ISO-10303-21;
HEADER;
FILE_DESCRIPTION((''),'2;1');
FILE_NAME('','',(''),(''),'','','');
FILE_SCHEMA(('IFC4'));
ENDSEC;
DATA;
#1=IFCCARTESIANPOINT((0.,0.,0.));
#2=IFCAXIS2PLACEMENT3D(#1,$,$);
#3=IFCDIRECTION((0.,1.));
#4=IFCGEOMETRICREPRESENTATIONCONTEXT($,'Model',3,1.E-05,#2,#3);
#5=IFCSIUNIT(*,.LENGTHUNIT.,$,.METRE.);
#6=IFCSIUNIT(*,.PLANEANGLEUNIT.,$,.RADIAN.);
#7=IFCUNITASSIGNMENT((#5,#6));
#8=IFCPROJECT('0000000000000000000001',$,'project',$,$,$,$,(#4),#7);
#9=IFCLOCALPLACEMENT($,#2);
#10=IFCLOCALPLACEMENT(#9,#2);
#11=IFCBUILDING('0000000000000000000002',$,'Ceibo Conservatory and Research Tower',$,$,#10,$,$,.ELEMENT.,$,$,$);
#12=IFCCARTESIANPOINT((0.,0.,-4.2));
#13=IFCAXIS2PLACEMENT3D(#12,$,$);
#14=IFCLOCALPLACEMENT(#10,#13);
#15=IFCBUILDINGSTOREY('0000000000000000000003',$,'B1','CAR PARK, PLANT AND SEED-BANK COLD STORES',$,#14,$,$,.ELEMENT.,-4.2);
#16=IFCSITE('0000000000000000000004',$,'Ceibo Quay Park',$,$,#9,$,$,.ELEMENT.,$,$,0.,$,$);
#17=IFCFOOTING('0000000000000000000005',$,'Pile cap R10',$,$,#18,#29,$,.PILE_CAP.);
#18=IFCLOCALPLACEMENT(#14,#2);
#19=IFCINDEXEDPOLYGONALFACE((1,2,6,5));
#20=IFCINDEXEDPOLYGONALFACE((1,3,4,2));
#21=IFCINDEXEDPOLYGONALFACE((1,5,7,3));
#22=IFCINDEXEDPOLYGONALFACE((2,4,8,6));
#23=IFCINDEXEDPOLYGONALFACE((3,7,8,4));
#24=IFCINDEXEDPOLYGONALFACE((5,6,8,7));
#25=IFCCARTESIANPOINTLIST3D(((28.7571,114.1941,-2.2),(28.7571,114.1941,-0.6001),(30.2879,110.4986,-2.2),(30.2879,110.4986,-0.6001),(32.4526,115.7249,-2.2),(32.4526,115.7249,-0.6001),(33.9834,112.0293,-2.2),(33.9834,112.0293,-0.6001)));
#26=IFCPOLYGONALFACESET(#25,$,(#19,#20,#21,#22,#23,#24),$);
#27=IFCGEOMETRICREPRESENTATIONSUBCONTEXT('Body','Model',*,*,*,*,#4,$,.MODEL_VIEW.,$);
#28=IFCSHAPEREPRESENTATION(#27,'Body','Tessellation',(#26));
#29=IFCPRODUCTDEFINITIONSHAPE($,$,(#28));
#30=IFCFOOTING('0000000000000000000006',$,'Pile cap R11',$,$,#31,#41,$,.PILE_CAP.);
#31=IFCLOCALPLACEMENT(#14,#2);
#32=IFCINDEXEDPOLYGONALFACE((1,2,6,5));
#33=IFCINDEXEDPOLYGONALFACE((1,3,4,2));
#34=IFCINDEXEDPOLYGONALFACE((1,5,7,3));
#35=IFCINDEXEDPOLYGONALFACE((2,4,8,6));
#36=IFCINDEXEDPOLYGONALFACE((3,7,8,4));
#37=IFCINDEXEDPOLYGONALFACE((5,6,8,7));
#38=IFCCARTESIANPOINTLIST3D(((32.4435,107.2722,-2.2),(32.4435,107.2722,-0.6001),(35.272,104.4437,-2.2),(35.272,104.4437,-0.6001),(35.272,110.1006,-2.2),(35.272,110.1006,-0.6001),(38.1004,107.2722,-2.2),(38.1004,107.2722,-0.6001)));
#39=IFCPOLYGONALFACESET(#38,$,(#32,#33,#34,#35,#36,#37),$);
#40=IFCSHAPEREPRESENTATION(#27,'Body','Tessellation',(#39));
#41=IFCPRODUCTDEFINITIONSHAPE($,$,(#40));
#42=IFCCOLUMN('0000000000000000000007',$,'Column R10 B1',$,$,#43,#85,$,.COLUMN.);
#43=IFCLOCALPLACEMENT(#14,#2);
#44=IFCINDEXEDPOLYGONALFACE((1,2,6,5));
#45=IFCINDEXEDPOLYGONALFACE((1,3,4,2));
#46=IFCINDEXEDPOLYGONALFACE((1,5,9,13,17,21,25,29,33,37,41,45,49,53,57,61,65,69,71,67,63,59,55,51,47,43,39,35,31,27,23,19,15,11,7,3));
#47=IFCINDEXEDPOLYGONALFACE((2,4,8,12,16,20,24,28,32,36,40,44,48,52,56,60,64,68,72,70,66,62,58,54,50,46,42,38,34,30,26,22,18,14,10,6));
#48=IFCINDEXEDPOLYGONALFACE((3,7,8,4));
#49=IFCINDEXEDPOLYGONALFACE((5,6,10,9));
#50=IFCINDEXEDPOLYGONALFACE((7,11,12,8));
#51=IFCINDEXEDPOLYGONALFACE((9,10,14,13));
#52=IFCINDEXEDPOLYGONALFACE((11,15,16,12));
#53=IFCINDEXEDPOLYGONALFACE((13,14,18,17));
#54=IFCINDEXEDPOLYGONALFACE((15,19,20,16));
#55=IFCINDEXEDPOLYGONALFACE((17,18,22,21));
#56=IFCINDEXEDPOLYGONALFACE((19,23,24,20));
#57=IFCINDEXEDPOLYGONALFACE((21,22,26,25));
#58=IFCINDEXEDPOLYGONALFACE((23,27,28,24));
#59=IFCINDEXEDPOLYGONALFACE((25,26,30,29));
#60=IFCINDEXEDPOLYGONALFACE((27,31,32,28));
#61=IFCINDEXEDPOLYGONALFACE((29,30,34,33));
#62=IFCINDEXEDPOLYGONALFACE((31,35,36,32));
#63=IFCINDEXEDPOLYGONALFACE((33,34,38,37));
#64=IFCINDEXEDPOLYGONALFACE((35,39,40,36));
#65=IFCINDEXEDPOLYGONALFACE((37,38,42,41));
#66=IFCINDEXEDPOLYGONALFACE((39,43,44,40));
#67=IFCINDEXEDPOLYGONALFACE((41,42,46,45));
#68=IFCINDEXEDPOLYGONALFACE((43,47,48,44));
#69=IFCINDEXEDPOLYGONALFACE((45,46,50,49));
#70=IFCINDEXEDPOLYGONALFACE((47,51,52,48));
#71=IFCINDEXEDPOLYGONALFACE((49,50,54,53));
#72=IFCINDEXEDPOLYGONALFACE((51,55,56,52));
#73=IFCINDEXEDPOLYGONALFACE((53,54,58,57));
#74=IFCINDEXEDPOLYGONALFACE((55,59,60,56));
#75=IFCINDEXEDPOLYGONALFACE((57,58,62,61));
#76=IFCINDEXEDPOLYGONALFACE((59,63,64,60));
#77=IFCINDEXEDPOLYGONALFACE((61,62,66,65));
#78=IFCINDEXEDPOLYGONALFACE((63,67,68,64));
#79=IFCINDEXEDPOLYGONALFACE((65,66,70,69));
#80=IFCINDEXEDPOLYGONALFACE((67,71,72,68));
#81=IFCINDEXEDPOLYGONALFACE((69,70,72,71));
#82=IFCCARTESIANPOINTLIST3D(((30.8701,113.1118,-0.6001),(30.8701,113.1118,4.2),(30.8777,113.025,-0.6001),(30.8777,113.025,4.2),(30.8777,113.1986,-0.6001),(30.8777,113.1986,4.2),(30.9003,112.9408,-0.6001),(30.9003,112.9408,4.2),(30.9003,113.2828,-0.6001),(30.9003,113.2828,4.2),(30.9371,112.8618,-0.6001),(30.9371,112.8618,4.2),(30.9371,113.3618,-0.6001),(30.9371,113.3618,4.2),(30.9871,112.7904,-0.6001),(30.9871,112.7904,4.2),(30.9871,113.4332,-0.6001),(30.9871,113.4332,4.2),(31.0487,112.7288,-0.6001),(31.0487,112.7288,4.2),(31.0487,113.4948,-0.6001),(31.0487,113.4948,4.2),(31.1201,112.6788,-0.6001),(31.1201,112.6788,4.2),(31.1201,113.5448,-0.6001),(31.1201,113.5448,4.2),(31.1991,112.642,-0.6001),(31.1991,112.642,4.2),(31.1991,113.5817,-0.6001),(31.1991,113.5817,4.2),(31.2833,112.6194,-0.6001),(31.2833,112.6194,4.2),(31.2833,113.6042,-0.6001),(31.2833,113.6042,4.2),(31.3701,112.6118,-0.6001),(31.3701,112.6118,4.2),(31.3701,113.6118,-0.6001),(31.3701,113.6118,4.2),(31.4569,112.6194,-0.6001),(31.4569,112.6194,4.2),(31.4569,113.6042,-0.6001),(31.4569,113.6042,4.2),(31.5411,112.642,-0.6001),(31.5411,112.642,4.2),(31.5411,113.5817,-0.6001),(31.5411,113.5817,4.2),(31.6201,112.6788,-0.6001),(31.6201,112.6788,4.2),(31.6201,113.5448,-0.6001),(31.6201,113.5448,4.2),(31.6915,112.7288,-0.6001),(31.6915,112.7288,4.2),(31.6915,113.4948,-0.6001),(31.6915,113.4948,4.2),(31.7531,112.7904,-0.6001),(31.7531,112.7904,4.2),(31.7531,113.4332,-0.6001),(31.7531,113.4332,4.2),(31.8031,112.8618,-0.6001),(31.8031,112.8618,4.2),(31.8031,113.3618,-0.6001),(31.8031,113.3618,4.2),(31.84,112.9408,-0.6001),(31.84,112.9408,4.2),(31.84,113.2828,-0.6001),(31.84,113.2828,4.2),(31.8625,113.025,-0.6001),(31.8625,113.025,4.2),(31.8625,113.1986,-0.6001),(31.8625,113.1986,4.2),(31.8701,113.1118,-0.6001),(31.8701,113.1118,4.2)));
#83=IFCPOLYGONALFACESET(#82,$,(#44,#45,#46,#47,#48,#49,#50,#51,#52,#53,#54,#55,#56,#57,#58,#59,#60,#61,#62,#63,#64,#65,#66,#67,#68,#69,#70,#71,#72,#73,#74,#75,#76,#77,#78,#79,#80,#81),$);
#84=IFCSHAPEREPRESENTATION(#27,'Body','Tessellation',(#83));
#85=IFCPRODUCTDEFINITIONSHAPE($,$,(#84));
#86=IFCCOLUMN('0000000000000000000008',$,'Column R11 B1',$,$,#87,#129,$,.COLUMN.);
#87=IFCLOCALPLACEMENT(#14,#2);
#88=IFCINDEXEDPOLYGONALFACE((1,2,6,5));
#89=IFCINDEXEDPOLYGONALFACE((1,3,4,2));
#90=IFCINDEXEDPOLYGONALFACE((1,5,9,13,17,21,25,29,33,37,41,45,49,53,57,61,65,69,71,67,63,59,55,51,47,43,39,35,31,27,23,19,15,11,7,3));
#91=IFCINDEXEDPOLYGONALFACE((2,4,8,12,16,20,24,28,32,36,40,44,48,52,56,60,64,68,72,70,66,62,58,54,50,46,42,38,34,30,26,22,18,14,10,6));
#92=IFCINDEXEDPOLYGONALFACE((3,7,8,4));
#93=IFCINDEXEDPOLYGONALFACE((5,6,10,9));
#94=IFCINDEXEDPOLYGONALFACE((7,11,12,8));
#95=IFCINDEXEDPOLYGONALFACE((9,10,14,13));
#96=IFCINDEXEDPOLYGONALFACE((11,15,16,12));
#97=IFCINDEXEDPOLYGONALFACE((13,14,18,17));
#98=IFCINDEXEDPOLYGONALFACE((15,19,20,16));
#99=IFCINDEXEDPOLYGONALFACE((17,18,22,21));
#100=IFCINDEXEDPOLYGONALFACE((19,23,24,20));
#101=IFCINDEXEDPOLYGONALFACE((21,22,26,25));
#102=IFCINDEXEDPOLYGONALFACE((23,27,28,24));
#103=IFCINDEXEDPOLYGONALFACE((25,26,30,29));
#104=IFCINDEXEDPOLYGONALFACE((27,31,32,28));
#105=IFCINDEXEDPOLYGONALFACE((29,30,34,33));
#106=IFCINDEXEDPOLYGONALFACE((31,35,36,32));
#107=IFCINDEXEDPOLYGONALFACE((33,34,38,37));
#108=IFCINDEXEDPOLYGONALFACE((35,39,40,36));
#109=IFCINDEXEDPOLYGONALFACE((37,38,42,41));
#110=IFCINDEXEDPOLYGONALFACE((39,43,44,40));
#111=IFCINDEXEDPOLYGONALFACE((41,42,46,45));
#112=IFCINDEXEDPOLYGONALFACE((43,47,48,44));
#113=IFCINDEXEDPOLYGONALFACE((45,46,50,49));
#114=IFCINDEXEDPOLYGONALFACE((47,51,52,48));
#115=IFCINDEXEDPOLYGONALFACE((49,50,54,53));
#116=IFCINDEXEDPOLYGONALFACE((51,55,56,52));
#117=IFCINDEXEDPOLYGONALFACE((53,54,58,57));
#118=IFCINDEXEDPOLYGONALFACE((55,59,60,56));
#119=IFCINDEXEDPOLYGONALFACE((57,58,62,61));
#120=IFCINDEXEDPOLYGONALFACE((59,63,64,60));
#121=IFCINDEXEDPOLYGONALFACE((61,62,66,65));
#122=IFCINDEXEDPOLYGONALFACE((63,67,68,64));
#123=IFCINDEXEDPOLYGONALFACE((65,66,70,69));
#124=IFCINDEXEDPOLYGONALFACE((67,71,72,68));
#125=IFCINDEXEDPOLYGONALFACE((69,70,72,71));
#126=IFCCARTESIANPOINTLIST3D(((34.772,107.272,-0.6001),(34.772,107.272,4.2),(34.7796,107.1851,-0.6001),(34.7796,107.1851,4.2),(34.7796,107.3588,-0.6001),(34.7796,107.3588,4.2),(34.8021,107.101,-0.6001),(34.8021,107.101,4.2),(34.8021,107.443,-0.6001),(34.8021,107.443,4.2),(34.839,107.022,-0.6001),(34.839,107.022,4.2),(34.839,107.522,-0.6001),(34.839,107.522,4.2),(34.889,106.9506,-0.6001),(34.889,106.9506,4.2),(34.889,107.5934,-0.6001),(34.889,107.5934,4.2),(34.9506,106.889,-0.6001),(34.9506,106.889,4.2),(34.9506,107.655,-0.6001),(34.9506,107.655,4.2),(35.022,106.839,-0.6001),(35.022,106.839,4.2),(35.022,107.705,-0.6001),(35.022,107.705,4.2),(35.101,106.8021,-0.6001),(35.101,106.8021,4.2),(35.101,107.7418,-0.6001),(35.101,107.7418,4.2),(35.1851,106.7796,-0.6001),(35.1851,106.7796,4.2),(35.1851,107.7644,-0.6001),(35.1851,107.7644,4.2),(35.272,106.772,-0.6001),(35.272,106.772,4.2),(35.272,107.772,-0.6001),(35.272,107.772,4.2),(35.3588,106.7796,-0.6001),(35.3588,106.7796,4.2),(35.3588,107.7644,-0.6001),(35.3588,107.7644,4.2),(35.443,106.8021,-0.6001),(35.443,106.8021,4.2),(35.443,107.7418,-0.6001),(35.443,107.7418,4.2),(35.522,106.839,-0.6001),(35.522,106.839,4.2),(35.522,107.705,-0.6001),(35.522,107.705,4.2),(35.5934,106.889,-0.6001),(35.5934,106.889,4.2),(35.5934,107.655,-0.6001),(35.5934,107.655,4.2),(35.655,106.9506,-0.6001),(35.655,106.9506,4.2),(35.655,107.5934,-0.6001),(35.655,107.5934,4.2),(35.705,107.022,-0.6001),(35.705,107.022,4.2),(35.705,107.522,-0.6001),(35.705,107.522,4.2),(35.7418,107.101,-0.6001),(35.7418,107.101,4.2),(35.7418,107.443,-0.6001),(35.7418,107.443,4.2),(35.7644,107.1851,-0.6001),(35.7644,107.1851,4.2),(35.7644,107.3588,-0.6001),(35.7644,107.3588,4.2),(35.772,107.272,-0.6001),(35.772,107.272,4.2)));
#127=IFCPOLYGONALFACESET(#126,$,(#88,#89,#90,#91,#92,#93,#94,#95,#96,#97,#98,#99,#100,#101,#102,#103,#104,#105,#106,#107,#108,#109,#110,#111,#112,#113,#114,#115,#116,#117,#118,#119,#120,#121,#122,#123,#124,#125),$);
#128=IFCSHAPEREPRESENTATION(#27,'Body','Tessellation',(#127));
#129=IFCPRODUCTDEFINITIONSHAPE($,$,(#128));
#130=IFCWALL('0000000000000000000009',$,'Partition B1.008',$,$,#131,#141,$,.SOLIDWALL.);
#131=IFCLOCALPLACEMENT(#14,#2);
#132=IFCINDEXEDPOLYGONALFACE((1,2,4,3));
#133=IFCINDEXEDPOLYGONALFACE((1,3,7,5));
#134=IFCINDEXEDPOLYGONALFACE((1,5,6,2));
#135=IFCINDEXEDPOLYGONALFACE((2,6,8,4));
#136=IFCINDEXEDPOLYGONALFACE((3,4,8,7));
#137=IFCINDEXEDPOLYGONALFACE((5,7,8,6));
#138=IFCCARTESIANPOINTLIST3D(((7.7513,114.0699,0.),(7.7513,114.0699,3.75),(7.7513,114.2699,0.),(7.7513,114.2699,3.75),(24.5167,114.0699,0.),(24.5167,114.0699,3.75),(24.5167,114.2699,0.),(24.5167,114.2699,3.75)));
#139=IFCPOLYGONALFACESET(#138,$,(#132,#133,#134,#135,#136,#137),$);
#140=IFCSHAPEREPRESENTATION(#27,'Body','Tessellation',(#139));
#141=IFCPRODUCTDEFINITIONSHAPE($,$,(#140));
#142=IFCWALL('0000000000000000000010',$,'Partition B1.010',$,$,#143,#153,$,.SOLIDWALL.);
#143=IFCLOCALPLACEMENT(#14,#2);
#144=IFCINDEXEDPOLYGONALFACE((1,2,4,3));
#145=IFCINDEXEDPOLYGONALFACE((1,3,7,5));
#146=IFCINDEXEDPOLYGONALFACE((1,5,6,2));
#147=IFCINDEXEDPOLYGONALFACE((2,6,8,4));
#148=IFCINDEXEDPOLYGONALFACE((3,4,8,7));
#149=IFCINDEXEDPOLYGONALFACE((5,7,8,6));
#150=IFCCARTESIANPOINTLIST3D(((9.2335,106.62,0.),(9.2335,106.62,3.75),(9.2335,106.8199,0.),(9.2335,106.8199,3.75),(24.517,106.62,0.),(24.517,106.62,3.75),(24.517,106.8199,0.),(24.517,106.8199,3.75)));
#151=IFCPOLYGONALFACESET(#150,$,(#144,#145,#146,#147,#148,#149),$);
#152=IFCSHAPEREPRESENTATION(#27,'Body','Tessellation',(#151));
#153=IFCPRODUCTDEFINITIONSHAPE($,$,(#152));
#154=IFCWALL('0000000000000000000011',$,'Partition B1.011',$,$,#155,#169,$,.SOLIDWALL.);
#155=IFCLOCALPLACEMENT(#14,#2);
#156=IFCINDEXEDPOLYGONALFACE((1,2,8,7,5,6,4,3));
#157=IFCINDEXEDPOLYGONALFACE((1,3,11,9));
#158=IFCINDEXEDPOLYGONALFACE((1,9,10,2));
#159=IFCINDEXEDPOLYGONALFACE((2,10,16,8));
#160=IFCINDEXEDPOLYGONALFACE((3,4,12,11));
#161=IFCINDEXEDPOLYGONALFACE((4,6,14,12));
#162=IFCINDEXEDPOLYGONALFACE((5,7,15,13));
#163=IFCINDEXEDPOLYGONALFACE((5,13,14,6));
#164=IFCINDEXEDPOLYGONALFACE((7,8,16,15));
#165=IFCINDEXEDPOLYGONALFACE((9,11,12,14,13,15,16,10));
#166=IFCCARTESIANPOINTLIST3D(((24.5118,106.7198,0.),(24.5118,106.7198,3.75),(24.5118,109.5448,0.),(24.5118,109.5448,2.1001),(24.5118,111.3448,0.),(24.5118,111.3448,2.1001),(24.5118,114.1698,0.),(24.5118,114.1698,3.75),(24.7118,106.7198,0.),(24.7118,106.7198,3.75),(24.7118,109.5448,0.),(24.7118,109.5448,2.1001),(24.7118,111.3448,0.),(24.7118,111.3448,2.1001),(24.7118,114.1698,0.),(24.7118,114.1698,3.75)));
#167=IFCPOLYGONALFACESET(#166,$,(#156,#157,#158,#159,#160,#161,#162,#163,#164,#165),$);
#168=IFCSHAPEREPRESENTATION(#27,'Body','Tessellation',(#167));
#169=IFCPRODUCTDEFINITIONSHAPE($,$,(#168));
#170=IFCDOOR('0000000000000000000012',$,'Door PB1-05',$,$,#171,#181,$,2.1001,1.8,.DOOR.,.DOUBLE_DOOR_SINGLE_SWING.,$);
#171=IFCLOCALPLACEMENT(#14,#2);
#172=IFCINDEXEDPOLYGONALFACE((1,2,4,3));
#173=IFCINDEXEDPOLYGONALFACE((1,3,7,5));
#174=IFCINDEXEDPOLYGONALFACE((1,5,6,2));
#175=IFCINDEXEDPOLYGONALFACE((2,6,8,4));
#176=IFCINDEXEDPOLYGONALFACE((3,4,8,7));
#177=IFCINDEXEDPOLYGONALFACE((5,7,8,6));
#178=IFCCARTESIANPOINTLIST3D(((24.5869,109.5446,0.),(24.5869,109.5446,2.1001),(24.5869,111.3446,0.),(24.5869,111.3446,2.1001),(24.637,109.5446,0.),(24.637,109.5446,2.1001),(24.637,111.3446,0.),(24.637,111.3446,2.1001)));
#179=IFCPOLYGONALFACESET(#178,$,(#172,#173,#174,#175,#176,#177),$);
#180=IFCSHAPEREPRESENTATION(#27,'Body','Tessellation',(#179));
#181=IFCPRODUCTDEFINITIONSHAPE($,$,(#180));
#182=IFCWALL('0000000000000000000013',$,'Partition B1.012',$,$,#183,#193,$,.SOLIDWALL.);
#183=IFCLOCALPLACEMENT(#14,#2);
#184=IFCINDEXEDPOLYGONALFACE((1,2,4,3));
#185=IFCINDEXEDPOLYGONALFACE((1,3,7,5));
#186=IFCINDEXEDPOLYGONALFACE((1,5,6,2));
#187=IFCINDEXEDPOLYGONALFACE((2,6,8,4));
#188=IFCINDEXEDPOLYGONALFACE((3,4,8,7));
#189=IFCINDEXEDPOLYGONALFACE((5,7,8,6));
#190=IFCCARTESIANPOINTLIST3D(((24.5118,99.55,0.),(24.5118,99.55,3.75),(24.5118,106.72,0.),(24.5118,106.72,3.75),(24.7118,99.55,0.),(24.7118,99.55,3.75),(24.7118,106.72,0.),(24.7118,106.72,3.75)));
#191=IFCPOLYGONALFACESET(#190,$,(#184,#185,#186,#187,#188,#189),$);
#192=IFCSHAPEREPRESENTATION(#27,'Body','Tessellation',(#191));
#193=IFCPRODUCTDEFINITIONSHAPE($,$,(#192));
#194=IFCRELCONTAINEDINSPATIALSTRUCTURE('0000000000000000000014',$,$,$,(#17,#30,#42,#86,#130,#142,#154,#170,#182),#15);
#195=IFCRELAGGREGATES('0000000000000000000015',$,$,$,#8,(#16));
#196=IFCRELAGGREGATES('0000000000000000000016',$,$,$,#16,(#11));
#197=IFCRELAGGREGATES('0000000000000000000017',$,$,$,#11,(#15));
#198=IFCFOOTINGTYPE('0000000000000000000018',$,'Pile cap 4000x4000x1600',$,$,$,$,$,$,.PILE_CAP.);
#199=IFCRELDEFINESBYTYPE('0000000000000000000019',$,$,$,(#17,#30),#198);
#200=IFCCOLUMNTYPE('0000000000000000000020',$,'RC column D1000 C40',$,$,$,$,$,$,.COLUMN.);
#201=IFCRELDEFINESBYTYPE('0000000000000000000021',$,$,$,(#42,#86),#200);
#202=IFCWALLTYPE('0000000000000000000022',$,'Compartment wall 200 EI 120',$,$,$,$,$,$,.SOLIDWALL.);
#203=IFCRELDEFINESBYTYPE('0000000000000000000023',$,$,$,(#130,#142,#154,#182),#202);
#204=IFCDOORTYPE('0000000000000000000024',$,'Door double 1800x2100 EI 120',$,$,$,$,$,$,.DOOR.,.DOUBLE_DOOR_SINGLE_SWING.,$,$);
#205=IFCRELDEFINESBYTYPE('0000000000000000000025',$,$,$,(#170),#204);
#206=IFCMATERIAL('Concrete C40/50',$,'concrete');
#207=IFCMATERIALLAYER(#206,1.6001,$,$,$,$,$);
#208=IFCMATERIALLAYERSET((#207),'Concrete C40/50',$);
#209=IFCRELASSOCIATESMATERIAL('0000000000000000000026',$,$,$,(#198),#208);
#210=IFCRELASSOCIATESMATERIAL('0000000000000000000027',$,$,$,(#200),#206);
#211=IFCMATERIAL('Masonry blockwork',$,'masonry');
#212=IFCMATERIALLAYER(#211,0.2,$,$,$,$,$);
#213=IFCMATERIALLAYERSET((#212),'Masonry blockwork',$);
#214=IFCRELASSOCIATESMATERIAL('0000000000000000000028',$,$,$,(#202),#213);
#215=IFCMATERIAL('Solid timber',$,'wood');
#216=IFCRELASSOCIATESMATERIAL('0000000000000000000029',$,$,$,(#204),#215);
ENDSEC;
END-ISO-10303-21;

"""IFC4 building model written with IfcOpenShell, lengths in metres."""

from ifc_helpers import new_model, si_unit, direction, frame, frame_2d, origin, origin_2d, place, context, subcontext, project, spatial, polyline, rectangle, circle, outline, extrude, material, layer, layer_set, material_profile, profile_set, type_object, element, fill, save


model = new_model("IFC4")

# Units and contexts
model_context = context("Model", 3, precision=1e-05, world=origin(), true_north=direction((0.0, 1.0)))
body_context = subcontext(model_context, "Body", "Model", "MODEL_VIEW")
ifc_project = project(units=[si_unit("LENGTHUNIT", "METRE"), si_unit("PLANEANGLEUNIT", "RADIAN")], contexts=[model_context])

# Site, building, storey
site_placement = place(None, origin())
site = spatial("IfcSite", under=ifc_project, at=site_placement, Name="Ceibo Quay Park", CompositionType="ELEMENT", RefElevation=0.0)
building_placement = place(site_placement, origin())
building = spatial("IfcBuilding", under=site, at=building_placement, Name="Ceibo Conservatory and Research Tower", CompositionType="ELEMENT")
storey_placement = place(building_placement, frame((0.0, 0.0, -4.2)))
storey = spatial("IfcBuildingStorey", under=building, at=storey_placement, Name="B1", Description="CAR PARK, PLANT AND SEED-BANK COLD STORES", CompositionType="ELEMENT", Elevation=-4.2)

# Footings
ifc_material_1 = material(Name="Concrete C40/50", Category="concrete")
ifc_layer_1 = layer(ifc_material_1, 1.6001)
ifc_layer_set_1 = layer_set([ifc_layer_1], Name="Concrete C40/50")
footing_type = type_object("IfcFootingType", Name="Pile cap 4000x4000x1600", PredefinedType="PILE_CAP", material=ifc_layer_set_1)
for number, where, z_axis, x_axis, name in (
    (1, (32.4526, 115.7249, -2.2), (0.0, 0.0, 1.0), (-0.92388, -0.382684, 0.0), "Pile cap R10"),
    (2, (35.272, 110.1006, -2.2), (0.0, 0.0, 1.0), (-0.707107, -0.707107, 0.0), "Pile cap R11"),
):
    element("IfcFooting", number, at=place(storey_placement, frame(where, z_axis=z_axis, x_axis=x_axis)), inside=storey, type_object=footing_type, Name=name, PredefinedType="PILE_CAP", context=body_context, shape_type="SweptSolid", body=[
        extrude(outline(polyline([(0.0, 0.0), (4.0, 0.0), (4.0, 4.0), (0.0, 4.0), (0.0, 0.0)])), origin(), (0.0, 0.0, 1.0), 1.5999),
    ])

# Columns
ifc_material_profile_1 = material_profile(ifc_material_1, circle(Radius=0.5, at=origin_2d()), Name="RC D1000")
ifc_profile_set_1 = profile_set([ifc_material_profile_1], Name="Concrete C40/50")
column_type = type_object("IfcColumnType", Name="RC column D1000 C40", PredefinedType="COLUMN", material=ifc_profile_set_1)
for number, where, z_axis, x_axis, name in (
    (3, (31.3701, 113.1118, -0.6001), (0.0, 0.0, 1.0), (1.0, 0.0, 0.0), "Column R10 B1"),
    (4, (35.272, 107.272, -0.6001), (0.0, 0.0, 1.0), (1.0, 0.0, 0.0), "Column R11 B1"),
):
    element("IfcColumn", number, at=place(storey_placement, frame(where, z_axis=z_axis, x_axis=x_axis)), inside=storey, type_object=column_type, Name=name, PredefinedType="COLUMN", context=body_context, shape_type="SweptSolid", body=[
        extrude(circle(Radius=0.5, at=origin_2d()), origin(), (0.0, 0.0, 1.0), 4.8),
    ])

# Walls
ifc_material_2 = material(Name="Masonry blockwork", Category="masonry")
ifc_layer_2 = layer(ifc_material_2, 0.2)
ifc_layer_set_2 = layer_set([ifc_layer_2], Name="Masonry blockwork")
wall_type_1 = type_object("IfcWallType", Name="Compartment wall 200 EI 120", PredefinedType="SOLIDWALL", material=ifc_layer_set_2)
wall_1_placement = place(storey_placement, frame((24.5168, 114.1699, 0.0), z_axis=(0.0, 0.0, 1.0), x_axis=(-1.0, 0.0, 0.0)))
element("IfcWall", 5, at=wall_1_placement, inside=storey, type_object=wall_type_1, Name="Partition B1.008", PredefinedType="SOLIDWALL", context=body_context, shape_type="SweptSolid", body=[
    extrude(rectangle(XDim=16.7654, YDim=0.2, at=frame_2d((8.3828, 0.0))), origin(), (0.0, 0.0, 1.0), 3.75),
])
wall_2_placement = place(storey_placement, frame((24.5168, 106.72, 0.0), z_axis=(0.0, 0.0, 1.0), x_axis=(-1.0, 0.0, 0.0)))
element("IfcWall", 6, at=wall_2_placement, inside=storey, type_object=wall_type_1, Name="Partition B1.010", PredefinedType="SOLIDWALL", context=body_context, shape_type="SweptSolid", body=[
    extrude(rectangle(XDim=15.2834, YDim=0.2, at=frame_2d((7.6416, 0.0))), origin(), (0.0, 0.0, 1.0), 3.75),
])

# Wall, opening, door
wall_3_placement = place(storey_placement, frame((24.6118, 114.1699, 0.0), z_axis=(0.0, 0.0, 1.0), x_axis=(0.0, -1.0, 0.0)))
wall_3 = element("IfcWall", 7, at=wall_3_placement, inside=storey, type_object=wall_type_1, Name="Partition B1.011", PredefinedType="SOLIDWALL", context=body_context, shape_type="SweptSolid", body=[
    extrude(rectangle(XDim=7.45, YDim=0.2, at=frame_2d((3.7251, 0.0))), origin(), (0.0, 0.0, 1.0), 3.75),
])
opening_1_placement = place(wall_3_placement, frame((2.8252, 0.0, 0.0)))
opening_1 = element("IfcOpeningElement", 8, at=opening_1_placement, cuts=wall_3, PredefinedType="OPENING", context=body_context, shape_type="SweptSolid", body=[
    extrude(rectangle(XDim=1.8, YDim=2.1001, at=frame_2d((0.8999, 1.05))), frame((0.0, 0.1099, 0.0), z_axis=(0.0, -1.0, 0.0), x_axis=(1.0, 0.0, 0.0)), (0.0, 0.0, 1.0), 0.22),
])
ifc_material_3 = material(Name="Solid timber", Category="wood")
door_type_1 = type_object("IfcDoorType", Name="Door double 1800x2100 EI 120", OperationType="DOUBLE_DOOR_SINGLE_SWING", PredefinedType="DOOR", material=ifc_material_3)
door_1_placement = place(opening_1_placement, frame((1.8, 0.0, 0.0), z_axis=(0.0, 0.0, 1.0), x_axis=(-1.0, 0.0, 0.0)))
door_1 = element("IfcDoor", 9, at=door_1_placement, inside=storey, type_object=door_type_1, Name="Door PB1-05", OperationType="DOUBLE_DOOR_SINGLE_SWING", OverallHeight=2.1001, OverallWidth=1.8, PredefinedType="DOOR", context=body_context, shape_type="SweptSolid", body=[
    extrude(rectangle(XDim=1.8, YDim=2.1001, at=frame_2d((0.8999, 1.05))), frame((0.0, 0.0249, 0.0), z_axis=(0.0, -1.0, 0.0), x_axis=(1.0, 0.0, 0.0)), (0.0, 0.0, 1.0), 0.05),
])
fill(opening_1, door_1)

# Wall
wall_4_placement = place(storey_placement, frame((24.6118, 106.72, 0.0), z_axis=(0.0, 0.0, 1.0), x_axis=(0.0, -1.0, 0.0)))
element("IfcWall", 10, at=wall_4_placement, inside=storey, type_object=wall_type_1, Name="Partition B1.012", PredefinedType="SOLIDWALL", context=body_context, shape_type="SweptSolid", body=[
    extrude(rectangle(XDim=7.1699, YDim=0.2, at=frame_2d((3.585, 0.0))), origin(), (0.0, 0.0, 1.0), 3.75),
])

save(model, "model.ifc")
